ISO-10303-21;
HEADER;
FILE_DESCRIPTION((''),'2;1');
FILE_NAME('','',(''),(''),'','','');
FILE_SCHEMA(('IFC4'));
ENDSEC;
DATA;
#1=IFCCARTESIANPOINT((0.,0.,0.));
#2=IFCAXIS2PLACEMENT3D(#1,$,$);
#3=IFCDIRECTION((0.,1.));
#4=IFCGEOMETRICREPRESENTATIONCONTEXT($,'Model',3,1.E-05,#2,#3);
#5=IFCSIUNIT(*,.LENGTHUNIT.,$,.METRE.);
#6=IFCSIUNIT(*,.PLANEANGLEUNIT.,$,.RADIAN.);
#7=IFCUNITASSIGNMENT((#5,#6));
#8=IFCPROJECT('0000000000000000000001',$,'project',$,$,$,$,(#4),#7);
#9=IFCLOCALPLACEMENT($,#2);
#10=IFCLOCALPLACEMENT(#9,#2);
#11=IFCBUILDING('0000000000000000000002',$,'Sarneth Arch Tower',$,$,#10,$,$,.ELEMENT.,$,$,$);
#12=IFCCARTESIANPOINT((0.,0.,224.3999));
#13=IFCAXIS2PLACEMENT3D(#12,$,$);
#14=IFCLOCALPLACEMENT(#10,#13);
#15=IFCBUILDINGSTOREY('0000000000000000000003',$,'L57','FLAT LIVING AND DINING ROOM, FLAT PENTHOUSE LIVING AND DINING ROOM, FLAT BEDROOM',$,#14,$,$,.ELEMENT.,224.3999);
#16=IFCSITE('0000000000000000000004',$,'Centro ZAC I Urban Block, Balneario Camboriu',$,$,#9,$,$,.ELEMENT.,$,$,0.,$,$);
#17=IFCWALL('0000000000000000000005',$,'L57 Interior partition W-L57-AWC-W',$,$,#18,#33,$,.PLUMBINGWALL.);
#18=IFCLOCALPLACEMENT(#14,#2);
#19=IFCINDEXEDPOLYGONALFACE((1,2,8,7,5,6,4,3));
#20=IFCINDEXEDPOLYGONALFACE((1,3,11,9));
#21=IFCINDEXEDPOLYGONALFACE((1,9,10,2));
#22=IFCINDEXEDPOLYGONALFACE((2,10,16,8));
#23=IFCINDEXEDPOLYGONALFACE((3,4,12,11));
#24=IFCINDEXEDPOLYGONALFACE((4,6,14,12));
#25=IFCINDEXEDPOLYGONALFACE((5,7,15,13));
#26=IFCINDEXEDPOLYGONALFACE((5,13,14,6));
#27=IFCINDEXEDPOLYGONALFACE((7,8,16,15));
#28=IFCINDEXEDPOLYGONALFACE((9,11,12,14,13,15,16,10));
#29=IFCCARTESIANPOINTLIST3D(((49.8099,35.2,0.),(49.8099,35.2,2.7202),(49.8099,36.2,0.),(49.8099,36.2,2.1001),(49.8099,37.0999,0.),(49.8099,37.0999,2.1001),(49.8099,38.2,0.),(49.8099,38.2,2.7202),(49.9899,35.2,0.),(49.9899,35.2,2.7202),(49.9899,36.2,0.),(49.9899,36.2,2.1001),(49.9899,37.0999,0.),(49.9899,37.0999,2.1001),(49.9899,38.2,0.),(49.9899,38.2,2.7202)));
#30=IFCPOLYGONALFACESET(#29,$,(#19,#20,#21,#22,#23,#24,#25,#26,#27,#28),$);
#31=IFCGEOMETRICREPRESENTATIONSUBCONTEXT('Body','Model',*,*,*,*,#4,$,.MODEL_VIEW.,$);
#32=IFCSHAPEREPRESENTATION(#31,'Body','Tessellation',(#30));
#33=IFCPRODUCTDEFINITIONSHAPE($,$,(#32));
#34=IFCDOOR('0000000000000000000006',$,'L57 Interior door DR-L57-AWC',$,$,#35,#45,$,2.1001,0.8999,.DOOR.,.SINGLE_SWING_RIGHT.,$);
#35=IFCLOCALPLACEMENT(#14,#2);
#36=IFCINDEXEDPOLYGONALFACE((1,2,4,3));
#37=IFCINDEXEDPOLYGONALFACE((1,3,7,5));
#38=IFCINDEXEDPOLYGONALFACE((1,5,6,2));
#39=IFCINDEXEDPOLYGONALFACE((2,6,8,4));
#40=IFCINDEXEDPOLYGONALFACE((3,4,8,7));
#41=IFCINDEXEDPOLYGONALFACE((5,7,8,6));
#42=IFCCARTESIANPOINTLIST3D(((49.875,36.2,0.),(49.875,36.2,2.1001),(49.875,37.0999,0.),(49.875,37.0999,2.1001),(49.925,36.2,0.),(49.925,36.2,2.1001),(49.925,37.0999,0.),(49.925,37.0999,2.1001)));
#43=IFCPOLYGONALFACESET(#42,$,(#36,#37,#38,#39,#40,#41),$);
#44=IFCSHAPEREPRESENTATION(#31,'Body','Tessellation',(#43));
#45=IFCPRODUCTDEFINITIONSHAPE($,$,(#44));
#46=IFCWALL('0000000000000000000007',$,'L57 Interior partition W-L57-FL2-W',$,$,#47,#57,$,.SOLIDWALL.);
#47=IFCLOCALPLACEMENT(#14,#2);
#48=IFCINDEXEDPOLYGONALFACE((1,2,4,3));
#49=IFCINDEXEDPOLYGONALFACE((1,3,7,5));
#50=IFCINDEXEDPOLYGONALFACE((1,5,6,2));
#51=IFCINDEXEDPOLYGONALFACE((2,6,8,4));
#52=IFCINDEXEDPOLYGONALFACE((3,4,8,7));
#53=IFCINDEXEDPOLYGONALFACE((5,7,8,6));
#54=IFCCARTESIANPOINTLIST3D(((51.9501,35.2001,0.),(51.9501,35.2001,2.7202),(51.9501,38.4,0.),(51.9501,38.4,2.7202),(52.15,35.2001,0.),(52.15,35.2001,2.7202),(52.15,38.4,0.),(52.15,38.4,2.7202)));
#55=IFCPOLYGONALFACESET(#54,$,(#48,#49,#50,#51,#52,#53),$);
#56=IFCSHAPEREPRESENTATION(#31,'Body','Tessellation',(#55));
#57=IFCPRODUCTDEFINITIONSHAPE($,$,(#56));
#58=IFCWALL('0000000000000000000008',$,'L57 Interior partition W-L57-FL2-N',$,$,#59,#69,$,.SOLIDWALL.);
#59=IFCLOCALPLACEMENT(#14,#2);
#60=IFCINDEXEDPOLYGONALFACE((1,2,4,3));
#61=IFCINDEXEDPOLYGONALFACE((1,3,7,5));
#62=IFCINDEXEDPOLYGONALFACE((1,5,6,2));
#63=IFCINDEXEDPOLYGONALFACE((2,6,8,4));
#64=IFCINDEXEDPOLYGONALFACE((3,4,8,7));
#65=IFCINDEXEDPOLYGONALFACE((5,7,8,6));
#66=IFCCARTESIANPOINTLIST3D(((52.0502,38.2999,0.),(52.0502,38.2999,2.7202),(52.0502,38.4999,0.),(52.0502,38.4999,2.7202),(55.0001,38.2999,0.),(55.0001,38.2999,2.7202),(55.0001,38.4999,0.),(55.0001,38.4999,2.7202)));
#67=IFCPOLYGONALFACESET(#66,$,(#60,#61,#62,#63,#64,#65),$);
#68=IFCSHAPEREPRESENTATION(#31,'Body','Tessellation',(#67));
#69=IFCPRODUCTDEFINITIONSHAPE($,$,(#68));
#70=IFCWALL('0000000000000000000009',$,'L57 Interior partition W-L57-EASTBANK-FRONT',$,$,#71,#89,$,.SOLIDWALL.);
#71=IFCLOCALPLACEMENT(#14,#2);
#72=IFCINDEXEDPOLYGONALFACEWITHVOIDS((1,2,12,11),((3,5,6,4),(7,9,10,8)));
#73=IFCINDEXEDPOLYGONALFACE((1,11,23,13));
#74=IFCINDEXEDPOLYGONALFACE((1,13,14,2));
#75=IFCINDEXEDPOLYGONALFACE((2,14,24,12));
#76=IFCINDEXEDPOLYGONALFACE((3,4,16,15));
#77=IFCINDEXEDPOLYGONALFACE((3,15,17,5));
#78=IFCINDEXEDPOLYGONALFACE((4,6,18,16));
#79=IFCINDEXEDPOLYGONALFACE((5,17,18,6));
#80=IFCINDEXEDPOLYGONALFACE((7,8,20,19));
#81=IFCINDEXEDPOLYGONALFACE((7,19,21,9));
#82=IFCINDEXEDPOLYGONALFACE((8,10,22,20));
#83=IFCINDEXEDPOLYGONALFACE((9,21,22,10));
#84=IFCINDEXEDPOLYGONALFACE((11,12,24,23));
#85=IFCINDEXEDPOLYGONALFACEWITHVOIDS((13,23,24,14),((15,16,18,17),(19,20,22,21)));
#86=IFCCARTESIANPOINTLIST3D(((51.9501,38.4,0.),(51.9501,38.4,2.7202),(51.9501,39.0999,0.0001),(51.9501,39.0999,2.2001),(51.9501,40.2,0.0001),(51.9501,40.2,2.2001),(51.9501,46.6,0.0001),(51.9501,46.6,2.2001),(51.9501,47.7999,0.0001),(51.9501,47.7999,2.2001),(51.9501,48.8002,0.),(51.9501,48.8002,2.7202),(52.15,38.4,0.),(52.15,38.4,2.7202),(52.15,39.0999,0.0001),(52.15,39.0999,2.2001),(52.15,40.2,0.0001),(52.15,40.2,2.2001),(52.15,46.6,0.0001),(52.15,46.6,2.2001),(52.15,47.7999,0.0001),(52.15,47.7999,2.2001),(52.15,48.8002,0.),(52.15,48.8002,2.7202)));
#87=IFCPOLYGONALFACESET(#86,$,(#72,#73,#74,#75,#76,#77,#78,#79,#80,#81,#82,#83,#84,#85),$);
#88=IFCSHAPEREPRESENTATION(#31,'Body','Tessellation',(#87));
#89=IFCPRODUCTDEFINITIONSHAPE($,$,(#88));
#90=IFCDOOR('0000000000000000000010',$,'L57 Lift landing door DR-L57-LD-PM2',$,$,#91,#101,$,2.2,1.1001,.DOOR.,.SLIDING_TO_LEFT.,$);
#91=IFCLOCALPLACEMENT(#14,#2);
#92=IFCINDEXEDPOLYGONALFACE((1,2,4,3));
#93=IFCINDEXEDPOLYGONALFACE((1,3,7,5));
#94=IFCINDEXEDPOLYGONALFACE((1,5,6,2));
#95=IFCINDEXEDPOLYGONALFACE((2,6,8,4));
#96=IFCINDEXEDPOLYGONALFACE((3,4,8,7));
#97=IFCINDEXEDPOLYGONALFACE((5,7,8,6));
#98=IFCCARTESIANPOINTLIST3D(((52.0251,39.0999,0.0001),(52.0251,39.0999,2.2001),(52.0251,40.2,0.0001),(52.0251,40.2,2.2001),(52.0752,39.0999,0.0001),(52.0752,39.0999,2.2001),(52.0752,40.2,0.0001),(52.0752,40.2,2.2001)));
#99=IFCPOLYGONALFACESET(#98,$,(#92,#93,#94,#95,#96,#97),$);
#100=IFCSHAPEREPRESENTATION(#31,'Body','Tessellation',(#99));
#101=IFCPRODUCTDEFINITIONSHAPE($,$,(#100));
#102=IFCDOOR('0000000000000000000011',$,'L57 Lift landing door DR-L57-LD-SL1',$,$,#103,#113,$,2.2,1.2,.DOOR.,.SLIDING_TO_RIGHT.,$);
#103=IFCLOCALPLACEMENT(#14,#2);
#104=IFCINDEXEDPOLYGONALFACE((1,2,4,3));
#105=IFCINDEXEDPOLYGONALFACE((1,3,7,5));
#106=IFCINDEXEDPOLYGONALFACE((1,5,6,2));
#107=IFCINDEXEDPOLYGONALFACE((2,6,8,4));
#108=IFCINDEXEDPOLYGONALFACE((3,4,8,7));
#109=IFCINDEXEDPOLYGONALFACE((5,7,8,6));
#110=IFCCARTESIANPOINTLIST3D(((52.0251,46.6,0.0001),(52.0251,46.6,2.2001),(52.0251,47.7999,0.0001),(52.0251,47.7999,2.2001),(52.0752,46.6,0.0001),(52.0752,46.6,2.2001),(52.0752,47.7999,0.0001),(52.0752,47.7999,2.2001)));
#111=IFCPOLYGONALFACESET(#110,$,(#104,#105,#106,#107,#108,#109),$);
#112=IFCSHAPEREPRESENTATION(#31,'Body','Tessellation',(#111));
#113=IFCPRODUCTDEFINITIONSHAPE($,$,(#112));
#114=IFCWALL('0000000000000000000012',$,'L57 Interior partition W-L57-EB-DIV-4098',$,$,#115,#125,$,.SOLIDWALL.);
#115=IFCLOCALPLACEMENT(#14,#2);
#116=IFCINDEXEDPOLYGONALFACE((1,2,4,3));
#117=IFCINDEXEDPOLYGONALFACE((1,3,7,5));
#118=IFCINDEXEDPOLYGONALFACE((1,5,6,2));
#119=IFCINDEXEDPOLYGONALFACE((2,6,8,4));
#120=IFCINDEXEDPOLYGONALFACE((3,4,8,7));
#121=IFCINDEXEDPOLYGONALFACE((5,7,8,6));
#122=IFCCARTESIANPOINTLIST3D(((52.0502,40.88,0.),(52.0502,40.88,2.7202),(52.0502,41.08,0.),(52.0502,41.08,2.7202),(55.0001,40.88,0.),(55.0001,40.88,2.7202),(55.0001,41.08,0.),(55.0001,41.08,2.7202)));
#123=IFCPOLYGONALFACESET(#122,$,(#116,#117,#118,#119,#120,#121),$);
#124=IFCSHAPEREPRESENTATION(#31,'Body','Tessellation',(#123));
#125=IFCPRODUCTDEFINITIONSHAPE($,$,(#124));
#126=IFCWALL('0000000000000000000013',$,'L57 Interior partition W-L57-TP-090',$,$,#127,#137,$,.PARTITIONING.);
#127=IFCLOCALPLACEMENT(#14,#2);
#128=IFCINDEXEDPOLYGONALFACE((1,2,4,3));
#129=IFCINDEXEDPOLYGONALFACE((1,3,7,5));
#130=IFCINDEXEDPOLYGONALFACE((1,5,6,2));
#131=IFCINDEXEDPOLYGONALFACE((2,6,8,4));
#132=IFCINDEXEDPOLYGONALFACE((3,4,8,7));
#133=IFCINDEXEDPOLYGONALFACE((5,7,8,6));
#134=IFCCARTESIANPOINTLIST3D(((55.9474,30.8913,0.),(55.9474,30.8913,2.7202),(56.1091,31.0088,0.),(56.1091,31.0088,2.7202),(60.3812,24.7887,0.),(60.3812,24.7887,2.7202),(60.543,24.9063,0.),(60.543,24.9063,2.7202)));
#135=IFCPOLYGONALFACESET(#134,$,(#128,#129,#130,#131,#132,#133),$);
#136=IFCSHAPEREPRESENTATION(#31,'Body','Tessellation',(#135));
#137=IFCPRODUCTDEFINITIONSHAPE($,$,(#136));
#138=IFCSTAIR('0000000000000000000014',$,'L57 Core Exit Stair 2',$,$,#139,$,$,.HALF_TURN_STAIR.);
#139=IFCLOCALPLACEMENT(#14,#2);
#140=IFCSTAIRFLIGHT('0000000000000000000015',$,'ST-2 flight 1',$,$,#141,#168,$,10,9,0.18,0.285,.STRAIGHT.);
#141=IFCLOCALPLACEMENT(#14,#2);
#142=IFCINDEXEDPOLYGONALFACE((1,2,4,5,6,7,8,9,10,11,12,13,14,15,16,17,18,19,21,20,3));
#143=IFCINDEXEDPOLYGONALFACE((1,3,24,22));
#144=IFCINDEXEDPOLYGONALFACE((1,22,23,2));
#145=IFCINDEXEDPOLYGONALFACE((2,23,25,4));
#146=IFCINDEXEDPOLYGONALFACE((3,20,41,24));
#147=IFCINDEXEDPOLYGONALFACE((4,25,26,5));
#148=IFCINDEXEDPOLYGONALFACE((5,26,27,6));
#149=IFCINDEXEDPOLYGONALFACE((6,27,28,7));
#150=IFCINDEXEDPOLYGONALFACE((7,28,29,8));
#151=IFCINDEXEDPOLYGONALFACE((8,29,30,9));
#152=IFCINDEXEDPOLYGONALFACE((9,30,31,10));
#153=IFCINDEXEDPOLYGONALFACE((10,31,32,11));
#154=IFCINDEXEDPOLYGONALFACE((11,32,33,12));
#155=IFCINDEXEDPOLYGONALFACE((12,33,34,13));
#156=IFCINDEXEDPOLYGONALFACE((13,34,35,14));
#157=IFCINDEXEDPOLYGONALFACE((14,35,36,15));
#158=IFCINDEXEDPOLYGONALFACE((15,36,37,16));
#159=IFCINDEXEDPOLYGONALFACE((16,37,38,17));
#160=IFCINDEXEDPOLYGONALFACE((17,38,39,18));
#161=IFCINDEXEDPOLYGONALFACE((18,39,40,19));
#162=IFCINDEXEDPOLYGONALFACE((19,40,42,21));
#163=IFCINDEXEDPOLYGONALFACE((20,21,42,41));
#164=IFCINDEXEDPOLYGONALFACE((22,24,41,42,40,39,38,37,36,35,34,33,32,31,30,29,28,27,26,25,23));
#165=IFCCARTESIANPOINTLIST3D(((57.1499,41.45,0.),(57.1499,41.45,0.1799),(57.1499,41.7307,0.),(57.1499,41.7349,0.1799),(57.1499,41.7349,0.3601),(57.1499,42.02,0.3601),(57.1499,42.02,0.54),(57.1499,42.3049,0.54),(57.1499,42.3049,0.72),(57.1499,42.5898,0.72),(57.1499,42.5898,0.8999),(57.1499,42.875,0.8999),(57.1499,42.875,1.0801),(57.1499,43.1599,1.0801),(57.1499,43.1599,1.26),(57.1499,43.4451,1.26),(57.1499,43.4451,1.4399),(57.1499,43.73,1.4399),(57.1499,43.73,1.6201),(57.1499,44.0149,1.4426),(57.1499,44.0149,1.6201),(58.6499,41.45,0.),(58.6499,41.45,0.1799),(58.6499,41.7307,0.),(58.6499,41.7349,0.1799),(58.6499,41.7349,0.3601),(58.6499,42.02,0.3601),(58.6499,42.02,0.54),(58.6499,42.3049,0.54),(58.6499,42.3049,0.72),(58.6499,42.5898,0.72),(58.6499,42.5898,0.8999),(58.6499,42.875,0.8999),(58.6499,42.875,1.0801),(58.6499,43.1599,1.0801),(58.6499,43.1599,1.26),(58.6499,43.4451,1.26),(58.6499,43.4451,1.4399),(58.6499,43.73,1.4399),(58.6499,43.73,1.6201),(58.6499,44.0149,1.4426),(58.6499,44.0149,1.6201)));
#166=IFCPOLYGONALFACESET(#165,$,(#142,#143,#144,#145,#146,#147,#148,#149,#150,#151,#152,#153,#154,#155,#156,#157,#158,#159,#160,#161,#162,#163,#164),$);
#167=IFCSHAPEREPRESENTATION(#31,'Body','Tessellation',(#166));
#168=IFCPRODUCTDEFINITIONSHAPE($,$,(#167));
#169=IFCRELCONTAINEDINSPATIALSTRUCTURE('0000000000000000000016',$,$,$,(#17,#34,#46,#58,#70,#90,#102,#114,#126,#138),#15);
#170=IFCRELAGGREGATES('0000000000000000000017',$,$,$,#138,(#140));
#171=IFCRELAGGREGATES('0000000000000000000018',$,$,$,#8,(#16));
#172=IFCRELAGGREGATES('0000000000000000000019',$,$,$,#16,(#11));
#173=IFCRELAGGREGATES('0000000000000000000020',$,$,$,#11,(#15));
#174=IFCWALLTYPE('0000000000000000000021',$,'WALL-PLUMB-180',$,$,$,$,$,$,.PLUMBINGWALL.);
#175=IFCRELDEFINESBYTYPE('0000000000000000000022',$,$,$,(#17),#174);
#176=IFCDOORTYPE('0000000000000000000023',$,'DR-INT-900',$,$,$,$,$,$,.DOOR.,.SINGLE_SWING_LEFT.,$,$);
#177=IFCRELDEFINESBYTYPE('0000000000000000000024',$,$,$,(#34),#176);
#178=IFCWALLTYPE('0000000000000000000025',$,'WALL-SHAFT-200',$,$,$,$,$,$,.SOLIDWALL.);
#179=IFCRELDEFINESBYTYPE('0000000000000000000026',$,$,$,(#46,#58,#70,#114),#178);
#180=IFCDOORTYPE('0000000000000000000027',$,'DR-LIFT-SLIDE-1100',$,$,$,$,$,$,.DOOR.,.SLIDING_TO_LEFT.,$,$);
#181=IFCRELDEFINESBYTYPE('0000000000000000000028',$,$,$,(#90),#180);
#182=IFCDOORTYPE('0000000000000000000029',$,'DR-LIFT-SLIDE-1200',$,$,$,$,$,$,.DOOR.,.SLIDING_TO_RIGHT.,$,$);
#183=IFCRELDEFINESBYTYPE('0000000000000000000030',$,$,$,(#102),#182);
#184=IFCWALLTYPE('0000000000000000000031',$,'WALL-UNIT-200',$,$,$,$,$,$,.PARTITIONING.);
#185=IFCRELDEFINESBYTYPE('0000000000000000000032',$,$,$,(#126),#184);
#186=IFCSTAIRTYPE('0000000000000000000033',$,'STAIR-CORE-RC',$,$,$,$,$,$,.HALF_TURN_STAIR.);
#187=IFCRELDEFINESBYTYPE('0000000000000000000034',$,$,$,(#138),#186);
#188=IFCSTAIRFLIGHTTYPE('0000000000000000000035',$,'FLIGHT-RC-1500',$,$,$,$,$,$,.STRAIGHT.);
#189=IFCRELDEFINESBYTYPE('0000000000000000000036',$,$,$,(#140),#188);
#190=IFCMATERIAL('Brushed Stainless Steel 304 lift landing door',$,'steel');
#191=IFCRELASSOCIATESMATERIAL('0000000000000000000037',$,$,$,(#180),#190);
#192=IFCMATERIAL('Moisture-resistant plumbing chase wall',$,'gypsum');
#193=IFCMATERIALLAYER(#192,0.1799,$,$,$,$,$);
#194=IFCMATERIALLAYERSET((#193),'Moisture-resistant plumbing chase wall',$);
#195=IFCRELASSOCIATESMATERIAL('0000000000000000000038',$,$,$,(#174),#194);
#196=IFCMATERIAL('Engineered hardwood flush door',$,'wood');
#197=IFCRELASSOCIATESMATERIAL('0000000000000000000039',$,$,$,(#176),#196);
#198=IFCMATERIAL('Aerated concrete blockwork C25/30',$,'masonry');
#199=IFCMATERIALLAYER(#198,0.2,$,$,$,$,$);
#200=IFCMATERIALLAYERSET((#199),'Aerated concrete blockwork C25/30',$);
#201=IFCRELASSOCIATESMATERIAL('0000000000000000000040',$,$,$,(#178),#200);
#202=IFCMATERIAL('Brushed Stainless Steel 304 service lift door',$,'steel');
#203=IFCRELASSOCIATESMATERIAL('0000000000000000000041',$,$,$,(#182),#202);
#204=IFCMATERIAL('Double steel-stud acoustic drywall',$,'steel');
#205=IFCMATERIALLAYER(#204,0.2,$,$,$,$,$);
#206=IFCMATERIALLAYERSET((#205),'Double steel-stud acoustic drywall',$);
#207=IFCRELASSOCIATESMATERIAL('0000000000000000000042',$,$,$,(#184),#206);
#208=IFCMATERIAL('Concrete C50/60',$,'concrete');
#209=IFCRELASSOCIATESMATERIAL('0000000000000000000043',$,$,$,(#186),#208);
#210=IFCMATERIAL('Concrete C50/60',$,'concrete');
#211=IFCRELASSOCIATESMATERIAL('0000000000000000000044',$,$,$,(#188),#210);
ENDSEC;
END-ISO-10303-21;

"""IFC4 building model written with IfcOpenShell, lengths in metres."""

from ifc_helpers import new_model, si_unit, direction, frame, frame_2d, origin, place, context, subcontext, project, spatial, polyline, rectangle, outline, extrude, material, layer, layer_set, type_object, element, fill, aggregate, save


model = new_model("IFC4")

# Units and contexts
model_context = context("Model", 3, precision=1e-05, world=origin(), true_north=direction((0.0, 1.0)))
body_context = subcontext(model_context, "Body", "Model", "MODEL_VIEW")
ifc_project = project(units=[si_unit("LENGTHUNIT", "METRE"), si_unit("PLANEANGLEUNIT", "RADIAN")], contexts=[model_context])

# Site, building, storey
site_placement = place(None, origin())
site = spatial("IfcSite", under=ifc_project, at=site_placement, Name="Centro ZAC I Urban Block, Balneario Camboriu", CompositionType="ELEMENT", RefElevation=0.0)
building_placement = place(site_placement, origin())
building = spatial("IfcBuilding", under=site, at=building_placement, Name="Sarneth Arch Tower", CompositionType="ELEMENT")
storey_placement = place(building_placement, frame((0.0, 0.0, 224.3999)))
storey = spatial("IfcBuildingStorey", under=building, at=storey_placement, Name="L57", Description="FLAT LIVING AND DINING ROOM, FLAT PENTHOUSE LIVING AND DINING ROOM, FLAT BEDROOM", CompositionType="ELEMENT", Elevation=224.3999)

# Shared definitions
ifc_material_1 = material(Name="Brushed Stainless Steel 304 lift landing door", Category="steel")
door_type_1 = type_object("IfcDoorType", Name="DR-LIFT-SLIDE-1100", OperationType="SLIDING_TO_LEFT", PredefinedType="DOOR", material=ifc_material_1)

# Shared definitions
ifc_material_2 = material(Name="Moisture-resistant plumbing chase wall", Category="gypsum")
ifc_layer_1 = layer(ifc_material_2, 0.1799)
ifc_layer_set_1 = layer_set([ifc_layer_1], Name="Moisture-resistant plumbing chase wall")
wall_type_1 = type_object("IfcWallType", Name="WALL-PLUMB-180", PredefinedType="PLUMBINGWALL", material=ifc_layer_set_1)

# Wall, opening, door
wall_1_placement = place(storey_placement, frame((49.8999, 35.2, 0.0), z_axis=(0.0, 0.0, 1.0), x_axis=(0.0, 1.0, 0.0)))
wall_1 = element("IfcWall", 1, at=wall_1_placement, inside=storey, type_object=wall_type_1, Name="L57 Interior partition W-L57-AWC-W", PredefinedType="PLUMBINGWALL", context=body_context, shape_type="SweptSolid", body=[
    extrude(rectangle(XDim=3.0, YDim=0.1799, at=frame_2d((1.5, 0.0))), origin(), (0.0, 0.0, 1.0), 2.7202),
])
opening_1_placement = place(wall_1_placement, frame((1.0, 0.0, 0.0)))
opening_1 = element("IfcOpeningElement", 2, at=opening_1_placement, cuts=wall_1, PredefinedType="OPENING", context=body_context, shape_type="SweptSolid", body=[
    extrude(rectangle(XDim=0.8999, YDim=2.1001, at=frame_2d((0.45, 1.05))), frame((0.0, 0.0999, 0.0), z_axis=(0.0, -1.0, 0.0), x_axis=(1.0, 0.0, 0.0)), (0.0, 0.0, 1.0), 0.2),
])
ifc_material_3 = material(Name="Engineered hardwood flush door", Category="wood")
door_type_2 = type_object("IfcDoorType", Name="DR-INT-900", OperationType="SINGLE_SWING_LEFT", PredefinedType="DOOR", material=ifc_material_3)
door_1_placement = place(opening_1_placement, origin())
door_1 = element("IfcDoor", 3, at=door_1_placement, inside=storey, type_object=door_type_2, Name="L57 Interior door DR-L57-AWC", OperationType="SINGLE_SWING_RIGHT", OverallHeight=2.1001, OverallWidth=0.8999, PredefinedType="DOOR", context=body_context, shape_type="SweptSolid", body=[
    extrude(rectangle(XDim=0.8999, YDim=2.1001, at=frame_2d((0.45, 1.05))), frame((0.0, 0.0249, 0.0), z_axis=(0.0, -1.0, 0.0), x_axis=(1.0, 0.0, 0.0)), (0.0, 0.0, 1.0), 0.05),
])
fill(opening_1, door_1)
ifc_material_4 = material(Name="Aerated concrete blockwork C25/30", Category="masonry")
ifc_layer_2 = layer(ifc_material_4, 0.2)
ifc_layer_set_2 = layer_set([ifc_layer_2], Name="Aerated concrete blockwork C25/30")
wall_type_2 = type_object("IfcWallType", Name="WALL-SHAFT-200", PredefinedType="SOLIDWALL", material=ifc_layer_set_2)

# Walls
wall_2_placement = place(storey_placement, frame((52.05, 35.2, 0.0), z_axis=(0.0, 0.0, 1.0), x_axis=(0.0, 1.0, 0.0)))
element("IfcWall", 4, at=wall_2_placement, inside=storey, type_object=wall_type_2, Name="L57 Interior partition W-L57-FL2-W", PredefinedType="SOLIDWALL", context=body_context, shape_type="SweptSolid", body=[
    extrude(rectangle(XDim=3.2, YDim=0.2, at=frame_2d((1.6001, 0.0))), origin(), (0.0, 0.0, 1.0), 2.7202),
])
wall_3_placement = place(storey_placement, frame((52.05, 38.3999, 0.0), z_axis=(0.0, 0.0, 1.0), x_axis=(1.0, 0.0, 0.0)))
element("IfcWall", 5, at=wall_3_placement, inside=storey, type_object=wall_type_2, Name="L57 Interior partition W-L57-FL2-N", PredefinedType="SOLIDWALL", context=body_context, shape_type="SweptSolid", body=[
    extrude(rectangle(XDim=2.95, YDim=0.2, at=frame_2d((1.4751, 0.0))), origin(), (0.0, 0.0, 1.0), 2.7202),
])

# Wall, openings, doors
wall_4_placement = place(storey_placement, frame((52.05, 38.3999, 0.0), z_axis=(0.0, 0.0, 1.0), x_axis=(0.0, 1.0, 0.0)))
wall_4 = element("IfcWall", 6, at=wall_4_placement, inside=storey, type_object=wall_type_2, Name="L57 Interior partition W-L57-EASTBANK-FRONT", PredefinedType="SOLIDWALL", context=body_context, shape_type="SweptSolid", body=[
    extrude(rectangle(XDim=10.4001, YDim=0.2, at=frame_2d((5.2002, 0.0))), origin(), (0.0, 0.0, 1.0), 2.7202),
])
opening_2_placement = place(wall_4_placement, frame((0.7, 0.0, 0.0)))
opening_2 = element("IfcOpeningElement", 7, at=opening_2_placement, cuts=wall_4, PredefinedType="OPENING", context=body_context, shape_type="SweptSolid", body=[
    extrude(rectangle(XDim=1.1001, YDim=2.2, at=frame_2d((0.55, 1.1001))), frame((0.0, 0.1099, 0.0), z_axis=(0.0, -1.0, 0.0), x_axis=(1.0, 0.0, 0.0)), (0.0, 0.0, 1.0), 0.22),
])
opening_3_placement = place(wall_4_placement, frame((8.2, 0.0, 0.0)))
opening_3 = element("IfcOpeningElement", 8, at=opening_3_placement, cuts=wall_4, PredefinedType="OPENING", context=body_context, shape_type="SweptSolid", body=[
    extrude(rectangle(XDim=1.2, YDim=2.2, at=frame_2d((0.6001, 1.1001))), frame((0.0, 0.1099, 0.0), z_axis=(0.0, -1.0, 0.0), x_axis=(1.0, 0.0, 0.0)), (0.0, 0.0, 1.0), 0.22),
])
door_2_placement = place(opening_2_placement, origin())
door_2 = element("IfcDoor", 9, at=door_2_placement, inside=storey, type_object=door_type_1, Name="L57 Lift landing door DR-L57-LD-PM2", OperationType="SLIDING_TO_LEFT", OverallHeight=2.2, OverallWidth=1.1001, PredefinedType="DOOR", context=body_context, shape_type="SweptSolid", body=[
    extrude(rectangle(XDim=1.1001, YDim=2.2, at=frame_2d((0.55, 1.1001))), frame((0.0, 0.0249, 0.0), z_axis=(0.0, -1.0, 0.0), x_axis=(1.0, 0.0, 0.0)), (0.0, 0.0, 1.0), 0.05),
])
fill(opening_2, door_2)
ifc_material_5 = material(Name="Brushed Stainless Steel 304 service lift door", Category="steel")
door_type_3 = type_object("IfcDoorType", Name="DR-LIFT-SLIDE-1200", OperationType="SLIDING_TO_RIGHT", PredefinedType="DOOR", material=ifc_material_5)
door_3_placement = place(opening_3_placement, origin())
door_3 = element("IfcDoor", 10, at=door_3_placement, inside=storey, type_object=door_type_3, Name="L57 Lift landing door DR-L57-LD-SL1", OperationType="SLIDING_TO_RIGHT", OverallHeight=2.2, OverallWidth=1.2, PredefinedType="DOOR", context=body_context, shape_type="SweptSolid", body=[
    extrude(rectangle(XDim=1.2, YDim=2.2, at=frame_2d((0.6001, 1.1001))), frame((0.0, 0.0249, 0.0), z_axis=(0.0, -1.0, 0.0), x_axis=(1.0, 0.0, 0.0)), (0.0, 0.0, 1.0), 0.05),
])
fill(opening_3, door_3)

# Walls
wall_5_placement = place(storey_placement, frame((52.05, 40.98, 0.0), z_axis=(0.0, 0.0, 1.0), x_axis=(1.0, 0.0, 0.0)))
element("IfcWall", 11, at=wall_5_placement, inside=storey, type_object=wall_type_2, Name="L57 Interior partition W-L57-EB-DIV-4098", PredefinedType="SOLIDWALL", context=body_context, shape_type="SweptSolid", body=[
    extrude(rectangle(XDim=2.95, YDim=0.2, at=frame_2d((1.4751, 0.0))), origin(), (0.0, 0.0, 1.0), 2.7202),
])
ifc_material_6 = material(Name="Double steel-stud acoustic drywall", Category="steel")
ifc_layer_3 = layer(ifc_material_6, 0.2)
ifc_layer_set_3 = layer_set([ifc_layer_3], Name="Double steel-stud acoustic drywall")
wall_type_3 = type_object("IfcWallType", Name="WALL-UNIT-200", PredefinedType="PARTITIONING", material=ifc_layer_set_3)
wall_6_placement = place(storey_placement, frame((56.0283, 30.95, 0.0), z_axis=(0.0, 0.0, 1.0), x_axis=(0.587793, -0.809012, 0.0)))
element("IfcWall", 12, at=wall_6_placement, inside=storey, type_object=wall_type_3, Name="L57 Interior partition W-L57-TP-090", PredefinedType="PARTITIONING", context=body_context, shape_type="SweptSolid", body=[
    extrude(rectangle(XDim=7.5432, YDim=0.2, at=frame_2d((3.7715, 0.0))), origin(), (0.0, 0.0, 1.0), 2.7202),
])

# Stair, stair flight
ifc_material_7 = material(Name="Concrete C50/60", Category="concrete")
stair_type = type_object("IfcStairType", Name="STAIR-CORE-RC", PredefinedType="HALF_TURN_STAIR", material=ifc_material_7)
stair_placement = place(storey_placement, origin())
stair = element("IfcStair", 13, at=stair_placement, inside=storey, type_object=stair_type, Name="L57 Core Exit Stair 2", PredefinedType="HALF_TURN_STAIR")
ifc_material_8 = material(Name="Concrete C50/60", Category="concrete")
stair_flight_type = type_object("IfcStairFlightType", Name="FLIGHT-RC-1500", PredefinedType="STRAIGHT", material=ifc_material_8)
stair_flight_placement = place(storey_placement, frame((57.8999, 41.45, 0.0), z_axis=(0.0, 0.0, 1.0), x_axis=(0.0, 1.0, 0.0)))
stair_flight = element("IfcStairFlight", 14, at=stair_flight_placement, type_object=stair_flight_type, Name="ST-2 flight 1", NumberOfRisers=10, NumberOfTreads=9, PredefinedType="STRAIGHT", RiserHeight=0.18, TreadLength=0.285, context=body_context, shape_type="SweptSolid", body=[
    extrude(outline(polyline([(0.0, 0.0), (0.0, 0.1799), (0.2849, 0.1799), (0.2849, 0.3601), (0.5701, 0.3601), (0.5701, 0.54), (0.855, 0.54), (0.855, 0.72), (1.1399, 0.72), (1.1399, 0.8999), (1.425, 0.8999), (1.425, 1.0801), (1.71, 1.0801), (1.71, 1.26), (1.9951, 1.26), (1.9951, 1.4399), (2.28, 1.4399), (2.28, 1.6201), (2.5649, 1.6201), (2.5649, 1.8), (2.5649, 1.4426), (0.2808, 0.0), (0.0, 0.0)])), frame((0.0, 0.75, 0.0), z_axis=(0.0, -1.0, 0.0), x_axis=(1.0, 0.0, 0.0)), (0.0, 0.0, 1.0), 1.5),
])
aggregate(stair, [stair_flight])

save(model, "model.ifc")
